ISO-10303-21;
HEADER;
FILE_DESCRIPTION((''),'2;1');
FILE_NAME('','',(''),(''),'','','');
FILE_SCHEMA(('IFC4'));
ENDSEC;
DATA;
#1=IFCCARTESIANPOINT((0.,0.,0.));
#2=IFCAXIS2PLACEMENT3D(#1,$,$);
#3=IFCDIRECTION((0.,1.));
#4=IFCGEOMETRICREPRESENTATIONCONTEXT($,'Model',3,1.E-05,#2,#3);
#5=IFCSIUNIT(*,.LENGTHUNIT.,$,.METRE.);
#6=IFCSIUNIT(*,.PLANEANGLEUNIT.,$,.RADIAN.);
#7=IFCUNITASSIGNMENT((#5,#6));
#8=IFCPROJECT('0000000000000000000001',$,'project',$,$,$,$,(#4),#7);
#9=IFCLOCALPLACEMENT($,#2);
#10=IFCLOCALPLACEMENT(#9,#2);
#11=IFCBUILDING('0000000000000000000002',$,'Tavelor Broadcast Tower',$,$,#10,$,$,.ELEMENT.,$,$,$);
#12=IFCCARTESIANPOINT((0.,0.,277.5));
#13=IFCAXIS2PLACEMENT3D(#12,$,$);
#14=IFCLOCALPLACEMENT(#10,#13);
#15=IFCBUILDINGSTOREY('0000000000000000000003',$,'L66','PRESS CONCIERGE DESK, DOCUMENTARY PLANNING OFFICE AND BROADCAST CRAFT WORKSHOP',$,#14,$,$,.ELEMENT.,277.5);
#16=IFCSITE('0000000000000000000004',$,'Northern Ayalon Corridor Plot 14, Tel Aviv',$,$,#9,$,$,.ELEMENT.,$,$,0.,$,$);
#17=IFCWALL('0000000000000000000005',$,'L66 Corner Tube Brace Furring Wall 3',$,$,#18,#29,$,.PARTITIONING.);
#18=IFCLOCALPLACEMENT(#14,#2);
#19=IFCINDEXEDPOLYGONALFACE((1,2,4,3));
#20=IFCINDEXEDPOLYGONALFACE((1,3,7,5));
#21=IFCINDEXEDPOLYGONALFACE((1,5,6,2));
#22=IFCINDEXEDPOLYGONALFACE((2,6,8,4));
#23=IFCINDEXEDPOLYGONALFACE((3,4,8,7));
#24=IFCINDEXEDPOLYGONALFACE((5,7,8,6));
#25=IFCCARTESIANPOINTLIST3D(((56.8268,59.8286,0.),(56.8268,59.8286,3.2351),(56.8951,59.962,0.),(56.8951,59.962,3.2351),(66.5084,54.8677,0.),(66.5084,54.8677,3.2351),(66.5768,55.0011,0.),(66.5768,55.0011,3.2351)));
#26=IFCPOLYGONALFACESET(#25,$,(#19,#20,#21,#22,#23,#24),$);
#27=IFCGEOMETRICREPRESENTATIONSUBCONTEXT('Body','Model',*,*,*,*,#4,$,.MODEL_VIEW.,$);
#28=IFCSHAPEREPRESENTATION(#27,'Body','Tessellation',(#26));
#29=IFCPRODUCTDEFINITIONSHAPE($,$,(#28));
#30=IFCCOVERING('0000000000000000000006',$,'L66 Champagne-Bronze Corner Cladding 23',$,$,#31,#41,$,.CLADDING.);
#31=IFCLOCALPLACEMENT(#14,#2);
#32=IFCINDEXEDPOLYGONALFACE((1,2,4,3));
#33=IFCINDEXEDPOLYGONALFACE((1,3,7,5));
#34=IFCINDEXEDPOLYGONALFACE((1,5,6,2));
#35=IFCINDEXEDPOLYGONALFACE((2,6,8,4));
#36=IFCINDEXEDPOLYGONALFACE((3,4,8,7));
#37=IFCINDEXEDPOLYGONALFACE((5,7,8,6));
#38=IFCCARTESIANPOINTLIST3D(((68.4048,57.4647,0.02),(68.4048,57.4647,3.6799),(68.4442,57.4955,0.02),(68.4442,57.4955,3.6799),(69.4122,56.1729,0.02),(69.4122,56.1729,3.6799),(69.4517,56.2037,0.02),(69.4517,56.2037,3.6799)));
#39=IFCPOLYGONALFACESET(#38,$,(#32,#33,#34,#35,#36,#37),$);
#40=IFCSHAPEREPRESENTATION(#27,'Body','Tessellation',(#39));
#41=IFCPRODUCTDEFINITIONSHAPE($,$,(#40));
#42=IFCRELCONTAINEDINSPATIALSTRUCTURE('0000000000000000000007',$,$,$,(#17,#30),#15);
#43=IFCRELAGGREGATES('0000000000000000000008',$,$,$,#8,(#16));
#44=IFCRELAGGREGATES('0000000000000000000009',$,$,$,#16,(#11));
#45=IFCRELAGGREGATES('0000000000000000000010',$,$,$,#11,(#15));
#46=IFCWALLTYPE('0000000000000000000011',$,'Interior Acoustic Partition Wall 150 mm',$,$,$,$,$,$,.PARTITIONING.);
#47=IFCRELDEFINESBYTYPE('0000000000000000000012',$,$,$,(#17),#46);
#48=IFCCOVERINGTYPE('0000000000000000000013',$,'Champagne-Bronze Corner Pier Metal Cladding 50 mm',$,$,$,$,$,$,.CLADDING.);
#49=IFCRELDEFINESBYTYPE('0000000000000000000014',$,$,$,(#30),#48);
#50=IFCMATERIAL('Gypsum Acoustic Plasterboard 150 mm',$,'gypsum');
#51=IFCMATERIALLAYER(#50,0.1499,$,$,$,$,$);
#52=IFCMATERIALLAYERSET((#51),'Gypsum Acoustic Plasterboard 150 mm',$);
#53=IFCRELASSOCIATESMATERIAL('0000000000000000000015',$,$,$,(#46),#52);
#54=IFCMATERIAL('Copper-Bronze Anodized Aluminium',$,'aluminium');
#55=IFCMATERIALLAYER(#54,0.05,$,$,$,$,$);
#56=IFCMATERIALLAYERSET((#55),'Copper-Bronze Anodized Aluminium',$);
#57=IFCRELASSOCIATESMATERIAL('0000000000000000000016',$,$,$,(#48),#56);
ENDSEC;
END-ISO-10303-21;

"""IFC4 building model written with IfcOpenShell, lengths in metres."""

from ifc_helpers import new_model, si_unit, direction, frame, frame_2d, origin, origin_2d, place, context, subcontext, project, spatial, rectangle, extrude, material, layer, layer_set, type_object, element, save


model = new_model("IFC4")

# Units and contexts
model_context = context("Model", 3, precision=1e-05, world=origin(), true_north=direction((0.0, 1.0)))
body_context = subcontext(model_context, "Body", "Model", "MODEL_VIEW")
ifc_project = project(units=[si_unit("LENGTHUNIT", "METRE"), si_unit("PLANEANGLEUNIT", "RADIAN")], contexts=[model_context])

# Site, building, storey
site_placement = place(None, origin())
site = spatial("IfcSite", under=ifc_project, at=site_placement, Name="Northern Ayalon Corridor Plot 14, Tel Aviv", CompositionType="ELEMENT", RefElevation=0.0)
building_placement = place(site_placement, origin())
building = spatial("IfcBuilding", under=site, at=building_placement, Name="Tavelor Broadcast Tower", CompositionType="ELEMENT")
storey_placement = place(building_placement, frame((0.0, 0.0, 277.5)))
storey = spatial("IfcBuildingStorey", under=building, at=storey_placement, Name="L66", Description="PRESS CONCIERGE DESK, DOCUMENTARY PLANNING OFFICE AND BROADCAST CRAFT WORKSHOP", CompositionType="ELEMENT", Elevation=277.5)

# Wall
ifc_material_1 = material(Name="Gypsum Acoustic Plasterboard 150 mm", Category="gypsum")
ifc_layer_1 = layer(ifc_material_1, 0.1499)
ifc_layer_set_1 = layer_set([ifc_layer_1], Name="Gypsum Acoustic Plasterboard 150 mm")
wall_type_1 = type_object("IfcWallType", Name="Interior Acoustic Partition Wall 150 mm", PredefinedType="PARTITIONING", material=ifc_layer_set_1)
wall_1_placement = place(storey_placement, frame((66.5427, 54.9343, 0.0), z_axis=(0.0, 0.0, 1.0), x_axis=(-0.889967, 0.456025, 0.0)))
element("IfcWall", 1, at=wall_1_placement, inside=storey, type_object=wall_type_1, Name="L66 Corner Tube Brace Furring Wall 3", PredefinedType="PARTITIONING", context=body_context, shape_type="SweptSolid", body=[
    extrude(rectangle(XDim=10.8787, YDim=0.1499, at=frame_2d((5.4395, 0.0))), origin(), (0.0, 0.0, 1.0), 3.2351),
])

# Covering
ifc_material_2 = material(Name="Copper-Bronze Anodized Aluminium", Category="aluminium")
ifc_layer_2 = layer(ifc_material_2, 0.05)
ifc_layer_set_2 = layer_set([ifc_layer_2], Name="Copper-Bronze Anodized Aluminium")
covering_type = type_object("IfcCoveringType", Name="Champagne-Bronze Corner Pier Metal Cladding 50 mm", PredefinedType="CLADDING", material=ifc_layer_set_2)
covering_placement = place(storey_placement, frame((68.9282, 56.8342, 0.02), z_axis=(0.0, 0.0, 1.0), x_axis=(-0.614974, 0.788548, 0.0)))
element("IfcCovering", 2, at=covering_placement, inside=storey, type_object=covering_type, Name="L66 Champagne-Bronze Corner Cladding 23", PredefinedType="CLADDING", context=body_context, shape_type="SweptSolid", body=[
    extrude(rectangle(XDim=1.6382, YDim=0.05, at=origin_2d()), origin(), (0.0, 0.0, 1.0), 3.6599),
])

save(model, "model.ifc")
